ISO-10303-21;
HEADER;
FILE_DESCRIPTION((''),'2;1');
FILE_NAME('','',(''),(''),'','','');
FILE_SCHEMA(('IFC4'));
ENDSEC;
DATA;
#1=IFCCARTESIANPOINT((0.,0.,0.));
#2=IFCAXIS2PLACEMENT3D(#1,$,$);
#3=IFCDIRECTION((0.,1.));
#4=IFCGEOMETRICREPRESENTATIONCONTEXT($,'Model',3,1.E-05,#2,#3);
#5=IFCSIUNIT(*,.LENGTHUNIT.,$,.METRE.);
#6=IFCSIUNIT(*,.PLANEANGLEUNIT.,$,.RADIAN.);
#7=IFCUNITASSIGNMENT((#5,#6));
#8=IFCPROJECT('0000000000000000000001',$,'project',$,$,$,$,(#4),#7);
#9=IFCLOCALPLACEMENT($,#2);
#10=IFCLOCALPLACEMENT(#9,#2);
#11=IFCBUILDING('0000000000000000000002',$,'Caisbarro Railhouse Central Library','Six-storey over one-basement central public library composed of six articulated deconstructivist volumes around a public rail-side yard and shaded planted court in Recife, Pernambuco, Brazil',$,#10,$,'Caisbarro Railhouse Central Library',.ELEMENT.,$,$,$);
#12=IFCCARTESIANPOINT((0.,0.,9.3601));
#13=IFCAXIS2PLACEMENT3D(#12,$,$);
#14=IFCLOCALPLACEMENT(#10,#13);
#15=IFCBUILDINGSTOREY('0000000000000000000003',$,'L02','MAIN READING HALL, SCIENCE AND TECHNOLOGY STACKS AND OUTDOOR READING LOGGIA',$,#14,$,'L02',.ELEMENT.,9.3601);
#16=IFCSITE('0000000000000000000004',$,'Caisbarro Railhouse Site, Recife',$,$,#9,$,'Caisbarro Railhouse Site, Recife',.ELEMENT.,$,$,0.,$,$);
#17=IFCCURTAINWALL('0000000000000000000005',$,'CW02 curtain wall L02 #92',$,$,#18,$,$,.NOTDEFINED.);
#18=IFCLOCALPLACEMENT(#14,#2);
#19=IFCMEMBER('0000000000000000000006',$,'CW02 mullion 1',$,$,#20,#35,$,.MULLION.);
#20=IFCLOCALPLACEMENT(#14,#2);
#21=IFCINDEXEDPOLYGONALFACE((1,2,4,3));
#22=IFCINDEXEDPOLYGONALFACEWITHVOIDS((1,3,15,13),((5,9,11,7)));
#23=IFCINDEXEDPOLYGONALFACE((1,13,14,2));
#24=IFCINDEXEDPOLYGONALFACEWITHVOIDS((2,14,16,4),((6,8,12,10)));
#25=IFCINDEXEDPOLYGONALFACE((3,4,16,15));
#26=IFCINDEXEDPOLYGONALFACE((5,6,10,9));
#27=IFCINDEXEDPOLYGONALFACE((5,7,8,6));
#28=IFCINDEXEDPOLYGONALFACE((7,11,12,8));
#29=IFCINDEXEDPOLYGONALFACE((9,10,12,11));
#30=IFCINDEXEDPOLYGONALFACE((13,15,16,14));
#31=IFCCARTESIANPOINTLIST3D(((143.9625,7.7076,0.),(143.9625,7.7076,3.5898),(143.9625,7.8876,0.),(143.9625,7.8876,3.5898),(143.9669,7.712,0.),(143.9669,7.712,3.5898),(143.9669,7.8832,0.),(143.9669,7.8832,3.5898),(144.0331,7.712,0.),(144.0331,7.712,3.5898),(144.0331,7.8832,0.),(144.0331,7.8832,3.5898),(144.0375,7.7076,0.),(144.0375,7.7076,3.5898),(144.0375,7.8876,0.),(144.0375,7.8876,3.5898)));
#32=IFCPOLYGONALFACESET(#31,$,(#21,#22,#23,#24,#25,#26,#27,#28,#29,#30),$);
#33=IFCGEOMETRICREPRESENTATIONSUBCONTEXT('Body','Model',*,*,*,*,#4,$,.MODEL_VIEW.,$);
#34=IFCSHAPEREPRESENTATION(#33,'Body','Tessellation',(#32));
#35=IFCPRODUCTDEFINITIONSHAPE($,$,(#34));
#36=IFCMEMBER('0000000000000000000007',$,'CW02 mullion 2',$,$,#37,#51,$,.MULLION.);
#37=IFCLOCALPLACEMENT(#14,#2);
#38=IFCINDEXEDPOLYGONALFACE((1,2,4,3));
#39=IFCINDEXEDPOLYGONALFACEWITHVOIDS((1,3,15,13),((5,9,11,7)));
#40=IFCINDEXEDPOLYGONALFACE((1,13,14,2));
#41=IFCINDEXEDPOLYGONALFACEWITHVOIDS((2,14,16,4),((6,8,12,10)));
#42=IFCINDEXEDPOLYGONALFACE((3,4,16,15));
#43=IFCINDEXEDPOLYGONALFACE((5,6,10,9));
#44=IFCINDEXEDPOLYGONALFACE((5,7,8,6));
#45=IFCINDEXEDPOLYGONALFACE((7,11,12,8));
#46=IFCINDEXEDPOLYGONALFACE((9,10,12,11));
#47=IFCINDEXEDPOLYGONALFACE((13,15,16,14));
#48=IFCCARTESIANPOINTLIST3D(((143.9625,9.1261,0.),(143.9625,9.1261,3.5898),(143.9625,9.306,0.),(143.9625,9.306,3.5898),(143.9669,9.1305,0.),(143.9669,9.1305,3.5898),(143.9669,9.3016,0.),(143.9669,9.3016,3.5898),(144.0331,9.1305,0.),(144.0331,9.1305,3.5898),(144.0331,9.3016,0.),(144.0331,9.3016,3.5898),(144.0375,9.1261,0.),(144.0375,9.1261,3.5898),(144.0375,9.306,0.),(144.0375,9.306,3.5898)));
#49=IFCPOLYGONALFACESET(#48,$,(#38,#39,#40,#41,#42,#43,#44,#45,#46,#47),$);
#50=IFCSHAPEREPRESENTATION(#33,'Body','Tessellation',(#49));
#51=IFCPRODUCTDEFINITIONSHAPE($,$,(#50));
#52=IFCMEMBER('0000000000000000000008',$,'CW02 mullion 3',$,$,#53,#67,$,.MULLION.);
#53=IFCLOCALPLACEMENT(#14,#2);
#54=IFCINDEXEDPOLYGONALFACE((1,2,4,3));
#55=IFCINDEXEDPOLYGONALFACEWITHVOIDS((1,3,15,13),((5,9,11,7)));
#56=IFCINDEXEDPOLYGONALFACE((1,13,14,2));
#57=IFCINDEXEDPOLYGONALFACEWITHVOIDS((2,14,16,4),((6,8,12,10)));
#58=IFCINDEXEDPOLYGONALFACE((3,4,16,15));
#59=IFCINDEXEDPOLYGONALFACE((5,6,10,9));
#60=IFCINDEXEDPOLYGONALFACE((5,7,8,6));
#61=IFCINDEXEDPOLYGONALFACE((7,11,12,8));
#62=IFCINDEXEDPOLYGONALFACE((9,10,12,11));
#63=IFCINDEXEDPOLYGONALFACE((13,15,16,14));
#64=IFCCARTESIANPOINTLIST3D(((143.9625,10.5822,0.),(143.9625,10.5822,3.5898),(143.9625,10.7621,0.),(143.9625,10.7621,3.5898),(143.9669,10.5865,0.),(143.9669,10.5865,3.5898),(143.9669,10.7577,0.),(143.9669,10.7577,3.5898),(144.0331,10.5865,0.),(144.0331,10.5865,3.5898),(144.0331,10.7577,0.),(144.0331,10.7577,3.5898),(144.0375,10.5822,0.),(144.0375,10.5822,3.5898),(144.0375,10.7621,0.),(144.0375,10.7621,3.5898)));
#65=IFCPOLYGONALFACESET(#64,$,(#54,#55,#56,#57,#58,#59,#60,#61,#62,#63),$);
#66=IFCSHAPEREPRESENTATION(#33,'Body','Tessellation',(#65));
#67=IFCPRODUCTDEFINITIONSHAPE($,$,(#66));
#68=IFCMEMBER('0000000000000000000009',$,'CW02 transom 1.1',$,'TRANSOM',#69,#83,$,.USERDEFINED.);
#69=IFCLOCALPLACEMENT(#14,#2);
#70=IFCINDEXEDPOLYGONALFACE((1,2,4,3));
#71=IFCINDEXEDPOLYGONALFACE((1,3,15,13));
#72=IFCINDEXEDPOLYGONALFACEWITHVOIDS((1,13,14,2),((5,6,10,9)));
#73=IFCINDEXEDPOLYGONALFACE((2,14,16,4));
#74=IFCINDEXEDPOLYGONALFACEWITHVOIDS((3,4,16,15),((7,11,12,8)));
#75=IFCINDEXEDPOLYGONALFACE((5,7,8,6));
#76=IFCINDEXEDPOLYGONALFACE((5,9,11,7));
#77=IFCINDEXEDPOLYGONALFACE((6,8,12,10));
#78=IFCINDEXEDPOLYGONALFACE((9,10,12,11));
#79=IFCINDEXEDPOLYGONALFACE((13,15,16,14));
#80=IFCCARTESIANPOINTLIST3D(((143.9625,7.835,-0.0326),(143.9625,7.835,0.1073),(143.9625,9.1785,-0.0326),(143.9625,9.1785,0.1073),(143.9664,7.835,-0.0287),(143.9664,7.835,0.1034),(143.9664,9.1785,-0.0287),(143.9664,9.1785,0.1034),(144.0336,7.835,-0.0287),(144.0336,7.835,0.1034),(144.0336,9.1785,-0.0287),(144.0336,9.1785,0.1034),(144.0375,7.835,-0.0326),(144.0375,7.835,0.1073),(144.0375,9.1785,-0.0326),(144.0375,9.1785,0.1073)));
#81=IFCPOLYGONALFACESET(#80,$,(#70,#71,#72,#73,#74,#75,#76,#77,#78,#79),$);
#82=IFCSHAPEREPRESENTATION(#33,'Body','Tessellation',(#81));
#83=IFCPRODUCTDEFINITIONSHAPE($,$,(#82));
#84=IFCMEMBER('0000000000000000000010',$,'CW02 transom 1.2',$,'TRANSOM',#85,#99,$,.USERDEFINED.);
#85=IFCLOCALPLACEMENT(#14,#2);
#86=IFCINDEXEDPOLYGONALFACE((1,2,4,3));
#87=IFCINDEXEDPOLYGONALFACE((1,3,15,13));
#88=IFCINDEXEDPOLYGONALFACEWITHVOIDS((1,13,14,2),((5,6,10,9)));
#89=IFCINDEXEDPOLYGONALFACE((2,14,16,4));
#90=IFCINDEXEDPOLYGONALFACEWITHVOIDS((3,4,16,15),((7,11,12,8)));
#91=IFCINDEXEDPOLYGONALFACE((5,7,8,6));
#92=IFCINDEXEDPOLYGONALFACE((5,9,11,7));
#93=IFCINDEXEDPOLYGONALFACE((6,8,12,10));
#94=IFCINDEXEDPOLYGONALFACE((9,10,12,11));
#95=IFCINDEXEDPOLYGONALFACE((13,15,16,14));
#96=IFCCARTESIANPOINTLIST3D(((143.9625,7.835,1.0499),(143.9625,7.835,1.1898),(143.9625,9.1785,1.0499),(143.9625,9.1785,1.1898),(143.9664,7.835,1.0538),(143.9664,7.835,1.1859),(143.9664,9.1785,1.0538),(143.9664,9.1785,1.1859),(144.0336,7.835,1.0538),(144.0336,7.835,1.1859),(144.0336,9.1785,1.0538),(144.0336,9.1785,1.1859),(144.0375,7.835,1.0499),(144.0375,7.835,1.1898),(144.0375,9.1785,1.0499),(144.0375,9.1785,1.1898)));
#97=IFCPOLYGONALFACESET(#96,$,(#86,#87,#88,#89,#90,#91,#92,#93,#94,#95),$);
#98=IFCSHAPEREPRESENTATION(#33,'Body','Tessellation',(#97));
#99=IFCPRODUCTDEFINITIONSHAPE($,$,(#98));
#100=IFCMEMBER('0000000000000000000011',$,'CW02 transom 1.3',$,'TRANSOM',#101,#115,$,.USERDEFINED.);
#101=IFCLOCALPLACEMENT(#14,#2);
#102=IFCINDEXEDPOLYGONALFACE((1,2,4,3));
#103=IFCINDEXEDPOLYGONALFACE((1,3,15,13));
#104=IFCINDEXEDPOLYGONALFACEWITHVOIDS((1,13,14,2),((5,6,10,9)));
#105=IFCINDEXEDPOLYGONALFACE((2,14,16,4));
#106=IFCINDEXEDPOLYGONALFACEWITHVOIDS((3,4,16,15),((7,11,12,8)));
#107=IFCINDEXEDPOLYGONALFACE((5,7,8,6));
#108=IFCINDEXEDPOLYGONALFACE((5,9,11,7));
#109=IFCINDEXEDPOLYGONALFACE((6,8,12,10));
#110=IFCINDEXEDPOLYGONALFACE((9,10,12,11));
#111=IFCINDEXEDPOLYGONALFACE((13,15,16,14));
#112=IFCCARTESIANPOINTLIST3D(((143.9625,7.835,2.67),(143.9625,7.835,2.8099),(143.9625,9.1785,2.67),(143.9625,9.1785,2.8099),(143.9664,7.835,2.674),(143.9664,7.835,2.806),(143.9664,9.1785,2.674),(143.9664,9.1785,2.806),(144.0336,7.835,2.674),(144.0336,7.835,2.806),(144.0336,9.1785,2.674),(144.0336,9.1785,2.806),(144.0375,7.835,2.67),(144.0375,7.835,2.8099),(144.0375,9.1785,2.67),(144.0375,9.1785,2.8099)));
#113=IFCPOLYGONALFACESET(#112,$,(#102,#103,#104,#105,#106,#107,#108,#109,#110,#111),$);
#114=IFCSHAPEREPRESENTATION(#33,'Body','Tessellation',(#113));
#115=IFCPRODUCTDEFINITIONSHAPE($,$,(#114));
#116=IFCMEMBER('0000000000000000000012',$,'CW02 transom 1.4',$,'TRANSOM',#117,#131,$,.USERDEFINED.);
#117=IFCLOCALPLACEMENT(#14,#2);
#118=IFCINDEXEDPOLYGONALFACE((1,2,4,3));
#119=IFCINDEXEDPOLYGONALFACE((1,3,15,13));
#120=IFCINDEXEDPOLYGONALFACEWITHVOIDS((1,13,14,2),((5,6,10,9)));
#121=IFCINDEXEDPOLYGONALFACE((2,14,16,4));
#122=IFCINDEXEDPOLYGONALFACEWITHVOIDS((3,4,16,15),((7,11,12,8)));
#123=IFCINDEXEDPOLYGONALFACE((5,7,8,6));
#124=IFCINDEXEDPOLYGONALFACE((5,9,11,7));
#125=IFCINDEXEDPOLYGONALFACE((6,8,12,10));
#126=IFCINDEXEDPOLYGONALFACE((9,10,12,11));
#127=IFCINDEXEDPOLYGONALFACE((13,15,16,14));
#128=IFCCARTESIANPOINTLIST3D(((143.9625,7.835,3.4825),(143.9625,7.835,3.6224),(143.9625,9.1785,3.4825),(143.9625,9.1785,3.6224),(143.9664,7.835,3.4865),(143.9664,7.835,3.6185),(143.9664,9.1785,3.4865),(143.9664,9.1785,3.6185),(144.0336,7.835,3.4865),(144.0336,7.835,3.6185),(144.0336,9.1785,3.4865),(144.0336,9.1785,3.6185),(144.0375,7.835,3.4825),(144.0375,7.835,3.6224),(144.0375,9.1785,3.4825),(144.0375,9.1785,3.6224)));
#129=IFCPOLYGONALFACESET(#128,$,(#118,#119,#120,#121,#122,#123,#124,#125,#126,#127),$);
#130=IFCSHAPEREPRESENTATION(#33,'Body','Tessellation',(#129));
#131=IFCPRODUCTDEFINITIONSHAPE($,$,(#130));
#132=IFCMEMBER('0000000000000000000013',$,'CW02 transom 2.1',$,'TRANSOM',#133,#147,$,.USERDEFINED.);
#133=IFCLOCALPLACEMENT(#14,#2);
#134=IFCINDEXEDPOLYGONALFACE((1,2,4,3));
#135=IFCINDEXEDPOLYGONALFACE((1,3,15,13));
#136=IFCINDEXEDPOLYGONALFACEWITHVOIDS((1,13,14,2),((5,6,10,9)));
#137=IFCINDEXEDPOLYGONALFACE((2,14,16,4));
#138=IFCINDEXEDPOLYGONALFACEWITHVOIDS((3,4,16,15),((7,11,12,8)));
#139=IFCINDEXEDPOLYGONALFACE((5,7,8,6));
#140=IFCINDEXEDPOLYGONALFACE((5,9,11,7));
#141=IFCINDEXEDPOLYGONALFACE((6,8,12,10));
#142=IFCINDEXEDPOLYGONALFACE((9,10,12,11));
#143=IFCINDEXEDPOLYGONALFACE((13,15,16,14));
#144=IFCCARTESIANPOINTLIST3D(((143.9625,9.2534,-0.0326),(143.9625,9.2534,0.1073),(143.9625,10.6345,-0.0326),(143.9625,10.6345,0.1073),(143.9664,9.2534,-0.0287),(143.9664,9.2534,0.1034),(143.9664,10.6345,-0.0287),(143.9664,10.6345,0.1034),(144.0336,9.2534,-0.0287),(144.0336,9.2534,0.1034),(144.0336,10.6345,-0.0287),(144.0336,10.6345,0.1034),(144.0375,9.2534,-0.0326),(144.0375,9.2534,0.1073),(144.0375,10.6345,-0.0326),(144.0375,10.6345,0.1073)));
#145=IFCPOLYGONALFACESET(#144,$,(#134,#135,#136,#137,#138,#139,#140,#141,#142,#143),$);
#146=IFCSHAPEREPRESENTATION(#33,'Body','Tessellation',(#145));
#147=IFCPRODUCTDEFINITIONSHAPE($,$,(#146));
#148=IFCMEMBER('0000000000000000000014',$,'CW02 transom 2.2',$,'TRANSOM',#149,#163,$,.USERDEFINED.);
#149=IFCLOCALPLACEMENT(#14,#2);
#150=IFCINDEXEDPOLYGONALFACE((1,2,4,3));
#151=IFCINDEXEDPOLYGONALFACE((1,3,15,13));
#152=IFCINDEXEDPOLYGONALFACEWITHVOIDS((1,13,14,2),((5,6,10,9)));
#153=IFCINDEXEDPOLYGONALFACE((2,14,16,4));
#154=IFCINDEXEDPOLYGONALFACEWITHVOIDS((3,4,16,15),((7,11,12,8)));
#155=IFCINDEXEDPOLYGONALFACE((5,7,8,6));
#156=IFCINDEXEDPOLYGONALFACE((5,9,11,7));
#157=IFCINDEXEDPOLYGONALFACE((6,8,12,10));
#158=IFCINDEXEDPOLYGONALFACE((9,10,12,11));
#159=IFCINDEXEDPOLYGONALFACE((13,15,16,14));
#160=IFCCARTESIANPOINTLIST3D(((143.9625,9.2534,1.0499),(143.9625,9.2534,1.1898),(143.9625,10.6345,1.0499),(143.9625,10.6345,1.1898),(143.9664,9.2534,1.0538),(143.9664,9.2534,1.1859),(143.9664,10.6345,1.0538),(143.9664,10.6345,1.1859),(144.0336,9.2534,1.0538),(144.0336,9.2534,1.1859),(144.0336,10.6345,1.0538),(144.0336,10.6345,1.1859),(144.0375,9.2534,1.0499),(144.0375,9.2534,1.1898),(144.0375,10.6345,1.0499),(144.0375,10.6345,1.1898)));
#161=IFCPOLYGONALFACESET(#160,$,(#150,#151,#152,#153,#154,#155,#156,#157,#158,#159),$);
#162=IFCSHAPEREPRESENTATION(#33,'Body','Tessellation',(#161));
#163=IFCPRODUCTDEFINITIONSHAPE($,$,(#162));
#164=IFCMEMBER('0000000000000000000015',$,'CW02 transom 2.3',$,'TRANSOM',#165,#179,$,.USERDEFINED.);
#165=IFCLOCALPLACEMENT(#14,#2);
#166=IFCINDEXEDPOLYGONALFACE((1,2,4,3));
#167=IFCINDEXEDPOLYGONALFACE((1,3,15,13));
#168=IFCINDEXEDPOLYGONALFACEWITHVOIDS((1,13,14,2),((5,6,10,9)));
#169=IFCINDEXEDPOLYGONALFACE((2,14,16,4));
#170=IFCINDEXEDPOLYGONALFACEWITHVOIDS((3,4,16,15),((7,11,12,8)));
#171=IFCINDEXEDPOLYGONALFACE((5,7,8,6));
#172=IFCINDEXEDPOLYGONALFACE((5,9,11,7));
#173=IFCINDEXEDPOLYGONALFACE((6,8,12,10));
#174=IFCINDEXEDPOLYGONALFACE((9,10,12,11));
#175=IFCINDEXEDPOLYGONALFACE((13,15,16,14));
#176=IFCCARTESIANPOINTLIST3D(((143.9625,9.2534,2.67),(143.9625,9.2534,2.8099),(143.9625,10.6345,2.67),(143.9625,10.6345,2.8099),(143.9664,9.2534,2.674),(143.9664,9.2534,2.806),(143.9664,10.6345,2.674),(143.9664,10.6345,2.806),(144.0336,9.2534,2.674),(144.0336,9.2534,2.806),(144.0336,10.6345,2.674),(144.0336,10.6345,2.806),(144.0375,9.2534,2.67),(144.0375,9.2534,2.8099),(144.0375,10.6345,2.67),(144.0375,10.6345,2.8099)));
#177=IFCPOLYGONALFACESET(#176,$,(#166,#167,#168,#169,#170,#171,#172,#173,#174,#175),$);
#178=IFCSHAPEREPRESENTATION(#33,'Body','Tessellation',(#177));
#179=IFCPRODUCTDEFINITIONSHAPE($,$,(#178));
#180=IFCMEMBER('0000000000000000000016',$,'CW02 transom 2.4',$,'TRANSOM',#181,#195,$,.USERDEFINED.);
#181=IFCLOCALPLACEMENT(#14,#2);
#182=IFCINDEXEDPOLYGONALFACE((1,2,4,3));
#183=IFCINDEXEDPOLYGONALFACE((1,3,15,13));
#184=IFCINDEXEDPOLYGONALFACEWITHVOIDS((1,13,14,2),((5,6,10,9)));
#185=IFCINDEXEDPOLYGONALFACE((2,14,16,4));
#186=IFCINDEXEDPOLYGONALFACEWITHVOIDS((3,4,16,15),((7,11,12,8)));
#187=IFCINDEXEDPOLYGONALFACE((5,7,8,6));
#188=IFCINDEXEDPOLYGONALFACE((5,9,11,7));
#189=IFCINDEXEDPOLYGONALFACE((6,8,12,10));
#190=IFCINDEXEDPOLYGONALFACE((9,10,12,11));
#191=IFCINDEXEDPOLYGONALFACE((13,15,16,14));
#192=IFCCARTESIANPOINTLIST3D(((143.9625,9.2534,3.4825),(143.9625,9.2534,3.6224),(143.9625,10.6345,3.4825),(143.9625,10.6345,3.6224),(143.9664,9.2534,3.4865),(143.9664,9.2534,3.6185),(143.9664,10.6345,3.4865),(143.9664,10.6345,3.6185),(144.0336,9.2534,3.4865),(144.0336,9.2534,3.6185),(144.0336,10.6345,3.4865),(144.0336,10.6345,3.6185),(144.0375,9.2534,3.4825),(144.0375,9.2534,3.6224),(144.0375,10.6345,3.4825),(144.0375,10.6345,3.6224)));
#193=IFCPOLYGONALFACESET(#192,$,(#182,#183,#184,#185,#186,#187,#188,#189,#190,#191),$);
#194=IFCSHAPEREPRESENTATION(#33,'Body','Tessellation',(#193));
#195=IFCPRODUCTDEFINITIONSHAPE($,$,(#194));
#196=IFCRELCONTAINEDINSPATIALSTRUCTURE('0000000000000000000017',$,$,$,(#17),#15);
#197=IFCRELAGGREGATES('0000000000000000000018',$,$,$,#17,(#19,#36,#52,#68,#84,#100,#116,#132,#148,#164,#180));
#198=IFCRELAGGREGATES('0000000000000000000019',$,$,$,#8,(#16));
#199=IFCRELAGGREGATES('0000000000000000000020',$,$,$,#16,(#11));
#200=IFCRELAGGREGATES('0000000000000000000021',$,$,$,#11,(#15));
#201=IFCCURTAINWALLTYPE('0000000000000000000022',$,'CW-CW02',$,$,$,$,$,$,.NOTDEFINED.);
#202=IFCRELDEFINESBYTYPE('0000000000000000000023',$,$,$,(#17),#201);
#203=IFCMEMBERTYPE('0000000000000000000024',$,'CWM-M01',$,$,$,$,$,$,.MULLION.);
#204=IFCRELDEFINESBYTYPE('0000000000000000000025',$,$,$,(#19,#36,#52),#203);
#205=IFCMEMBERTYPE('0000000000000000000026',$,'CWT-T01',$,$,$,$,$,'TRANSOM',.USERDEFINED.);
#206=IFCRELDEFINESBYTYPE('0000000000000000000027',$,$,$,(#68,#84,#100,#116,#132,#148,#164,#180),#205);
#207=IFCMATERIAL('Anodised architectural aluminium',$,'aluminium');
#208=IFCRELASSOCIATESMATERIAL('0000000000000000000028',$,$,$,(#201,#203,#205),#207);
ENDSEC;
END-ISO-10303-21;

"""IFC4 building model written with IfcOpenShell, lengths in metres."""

from ifc_helpers import new_model, si_unit, direction, frame, origin, origin_2d, place, context, subcontext, project, spatial, hollow_rectangle, extrude, material, material_profile, profile_set, type_object, element, aggregate, save


model = new_model("IFC4")

# Units and contexts
model_context = context("Model", 3, precision=1e-05, world=origin(), true_north=direction((0.0, 1.0)))
body_context = subcontext(model_context, "Body", "Model", "MODEL_VIEW")
ifc_project = project(units=[si_unit("LENGTHUNIT", "METRE"), si_unit("PLANEANGLEUNIT", "RADIAN")], contexts=[model_context])

# Site, building, storey
site_placement = place(None, origin())
site = spatial("IfcSite", under=ifc_project, at=site_placement, Name="Caisbarro Railhouse Site, Recife", LongName="Caisbarro Railhouse Site, Recife", CompositionType="ELEMENT", RefElevation=0.0)
building_placement = place(site_placement, origin())
building = spatial("IfcBuilding", under=site, at=building_placement, Name="Caisbarro Railhouse Central Library", Description="Six-storey over one-basement central public library composed of six articulated deconstructivist volumes around a public rail-side yard and shaded planted court in Recife, Pernambuco, Brazil", LongName="Caisbarro Railhouse Central Library", CompositionType="ELEMENT")
storey_placement = place(building_placement, frame((0.0, 0.0, 9.3601)))
storey = spatial("IfcBuildingStorey", under=building, at=storey_placement, Name="L02", Description="MAIN READING HALL, SCIENCE AND TECHNOLOGY STACKS AND OUTDOOR READING LOGGIA", LongName="L02", CompositionType="ELEMENT", Elevation=9.3601)

# Curtain wall, members
ifc_material_1 = material(Name="Anodised architectural aluminium", Category="aluminium")
curtain_wall_type = type_object("IfcCurtainWallType", Name="CW-CW02", PredefinedType="NOTDEFINED", material=ifc_material_1)
curtain_wall_placement = place(storey_placement, origin())
curtain_wall = element("IfcCurtainWall", 1, at=curtain_wall_placement, inside=storey, type_object=curtain_wall_type, Name="CW02 curtain wall L02 #92", PredefinedType="NOTDEFINED")
ifc_material_profile_1 = material_profile(ifc_material_1, hollow_rectangle(XDim=0.075, YDim=0.1799, WallThickness=0.0044, at=origin_2d()), Name="ALU-MUL-75X180")
ifc_profile_set_1 = profile_set([ifc_material_profile_1], Name="Anodised architectural aluminium")
member_type_1 = type_object("IfcMemberType", Name="CWM-M01", PredefinedType="MULLION", material=ifc_profile_set_1)
member_1_placement = place(storey_placement, frame((144.0, 7.7976, 0.0), z_axis=(0.0, 0.0, 1.0), x_axis=(-1.0, 0.0, 0.0)))
member_1 = element("IfcMember", 2, at=member_1_placement, type_object=member_type_1, Name="CW02 mullion 1", PredefinedType="MULLION", context=body_context, shape_type="SweptSolid", body=[
    extrude(hollow_rectangle(XDim=0.075, YDim=0.1799, WallThickness=0.0044, at=origin_2d()), origin(), (0.0, 0.0, 1.0), 3.5898),
])
member_2_placement = place(storey_placement, frame((144.0, 9.2161, 0.0), z_axis=(0.0, 0.0, 1.0), x_axis=(-1.0, 0.0, 0.0)))
member_2 = element("IfcMember", 3, at=member_2_placement, type_object=member_type_1, Name="CW02 mullion 2", PredefinedType="MULLION", context=body_context, shape_type="SweptSolid", body=[
    extrude(hollow_rectangle(XDim=0.075, YDim=0.1799, WallThickness=0.0044, at=origin_2d()), origin(), (0.0, 0.0, 1.0), 3.5898),
])
member_3_placement = place(storey_placement, frame((144.0, 10.6721, 0.0), z_axis=(0.0, 0.0, 1.0), x_axis=(-1.0, 0.0, 0.0)))
member_3 = element("IfcMember", 4, at=member_3_placement, type_object=member_type_1, Name="CW02 mullion 3", PredefinedType="MULLION", context=body_context, shape_type="SweptSolid", body=[
    extrude(hollow_rectangle(XDim=0.075, YDim=0.1799, WallThickness=0.0044, at=origin_2d()), origin(), (0.0, 0.0, 1.0), 3.5898),
])
ifc_material_profile_2 = material_profile(ifc_material_1, hollow_rectangle(XDim=0.075, YDim=0.1399, WallThickness=0.0039, at=origin_2d()), Name="ALU-TRN-75X140")
ifc_profile_set_2 = profile_set([ifc_material_profile_2], Name="Anodised architectural aluminium")
member_type_2 = type_object("IfcMemberType", Name="CWT-T01", ElementType="TRANSOM", PredefinedType="USERDEFINED", material=ifc_profile_set_2)
member_4_placement = place(storey_placement, frame((144.0, 7.835, 0.0374), z_axis=(0.0, 1.0, 0.0), x_axis=(-1.0, 0.0, 0.0)))
member_4 = element("IfcMember", 5, at=member_4_placement, type_object=member_type_2, Name="CW02 transom 1.1", ObjectType="TRANSOM", PredefinedType="USERDEFINED", context=body_context, shape_type="SweptSolid", body=[
    extrude(hollow_rectangle(XDim=0.075, YDim=0.1399, WallThickness=0.0039, at=origin_2d()), origin(), (0.0, 0.0, 1.0), 1.3435),
])
member_5_placement = place(storey_placement, frame((144.0, 7.835, 1.1199), z_axis=(0.0, 1.0, 0.0), x_axis=(-1.0, 0.0, 0.0)))
member_5 = element("IfcMember", 6, at=member_5_placement, type_object=member_type_2, Name="CW02 transom 1.2", ObjectType="TRANSOM", PredefinedType="USERDEFINED", context=body_context, shape_type="SweptSolid", body=[
    extrude(hollow_rectangle(XDim=0.075, YDim=0.1399, WallThickness=0.0039, at=origin_2d()), origin(), (0.0, 0.0, 1.0), 1.3435),
])
member_6_placement = place(storey_placement, frame((144.0, 7.835, 2.74), z_axis=(0.0, 1.0, 0.0), x_axis=(-1.0, 0.0, 0.0)))
member_6 = element("IfcMember", 7, at=member_6_placement, type_object=member_type_2, Name="CW02 transom 1.3", ObjectType="TRANSOM", PredefinedType="USERDEFINED", context=body_context, shape_type="SweptSolid", body=[
    extrude(hollow_rectangle(XDim=0.075, YDim=0.1399, WallThickness=0.0039, at=origin_2d()), origin(), (0.0, 0.0, 1.0), 1.3435),
])
member_7_placement = place(storey_placement, frame((144.0, 7.835, 3.5525), z_axis=(0.0, 1.0, 0.0), x_axis=(-1.0, 0.0, 0.0)))
member_7 = element("IfcMember", 8, at=member_7_placement, type_object=member_type_2, Name="CW02 transom 1.4", ObjectType="TRANSOM", PredefinedType="USERDEFINED", context=body_context, shape_type="SweptSolid", body=[
    extrude(hollow_rectangle(XDim=0.075, YDim=0.1399, WallThickness=0.0039, at=origin_2d()), origin(), (0.0, 0.0, 1.0), 1.3435),
])
member_8_placement = place(storey_placement, frame((144.0, 9.2534, 0.0374), z_axis=(0.0, 1.0, 0.0), x_axis=(-1.0, 0.0, 0.0)))
member_8 = element("IfcMember", 9, at=member_8_placement, type_object=member_type_2, Name="CW02 transom 2.1", ObjectType="TRANSOM", PredefinedType="USERDEFINED", context=body_context, shape_type="SweptSolid", body=[
    extrude(hollow_rectangle(XDim=0.075, YDim=0.1399, WallThickness=0.0039, at=origin_2d()), origin(), (0.0, 0.0, 1.0), 1.3811),
])
member_9_placement = place(storey_placement, frame((144.0, 9.2534, 1.1199), z_axis=(0.0, 1.0, 0.0), x_axis=(-1.0, 0.0, 0.0)))
member_9 = element("IfcMember", 10, at=member_9_placement, type_object=member_type_2, Name="CW02 transom 2.2", ObjectType="TRANSOM", PredefinedType="USERDEFINED", context=body_context, shape_type="SweptSolid", body=[
    extrude(hollow_rectangle(XDim=0.075, YDim=0.1399, WallThickness=0.0039, at=origin_2d()), origin(), (0.0, 0.0, 1.0), 1.3811),
])
member_10_placement = place(storey_placement, frame((144.0, 9.2534, 2.74), z_axis=(0.0, 1.0, 0.0), x_axis=(-1.0, 0.0, 0.0)))
member_10 = element("IfcMember", 11, at=member_10_placement, type_object=member_type_2, Name="CW02 transom 2.3", ObjectType="TRANSOM", PredefinedType="USERDEFINED", context=body_context, shape_type="SweptSolid", body=[
    extrude(hollow_rectangle(XDim=0.075, YDim=0.1399, WallThickness=0.0039, at=origin_2d()), origin(), (0.0, 0.0, 1.0), 1.3811),
])
member_11_placement = place(storey_placement, frame((144.0, 9.2534, 3.5525), z_axis=(0.0, 1.0, 0.0), x_axis=(-1.0, 0.0, 0.0)))
member_11 = element("IfcMember", 12, at=member_11_placement, type_object=member_type_2, Name="CW02 transom 2.4", ObjectType="TRANSOM", PredefinedType="USERDEFINED", context=body_context, shape_type="SweptSolid", body=[
    extrude(hollow_rectangle(XDim=0.075, YDim=0.1399, WallThickness=0.0039, at=origin_2d()), origin(), (0.0, 0.0, 1.0), 1.3811),
])
aggregate(curtain_wall, [member_1, member_2, member_3, member_4, member_5, member_6, member_7, member_8, member_9, member_10, member_11])

save(model, "model.ifc")
